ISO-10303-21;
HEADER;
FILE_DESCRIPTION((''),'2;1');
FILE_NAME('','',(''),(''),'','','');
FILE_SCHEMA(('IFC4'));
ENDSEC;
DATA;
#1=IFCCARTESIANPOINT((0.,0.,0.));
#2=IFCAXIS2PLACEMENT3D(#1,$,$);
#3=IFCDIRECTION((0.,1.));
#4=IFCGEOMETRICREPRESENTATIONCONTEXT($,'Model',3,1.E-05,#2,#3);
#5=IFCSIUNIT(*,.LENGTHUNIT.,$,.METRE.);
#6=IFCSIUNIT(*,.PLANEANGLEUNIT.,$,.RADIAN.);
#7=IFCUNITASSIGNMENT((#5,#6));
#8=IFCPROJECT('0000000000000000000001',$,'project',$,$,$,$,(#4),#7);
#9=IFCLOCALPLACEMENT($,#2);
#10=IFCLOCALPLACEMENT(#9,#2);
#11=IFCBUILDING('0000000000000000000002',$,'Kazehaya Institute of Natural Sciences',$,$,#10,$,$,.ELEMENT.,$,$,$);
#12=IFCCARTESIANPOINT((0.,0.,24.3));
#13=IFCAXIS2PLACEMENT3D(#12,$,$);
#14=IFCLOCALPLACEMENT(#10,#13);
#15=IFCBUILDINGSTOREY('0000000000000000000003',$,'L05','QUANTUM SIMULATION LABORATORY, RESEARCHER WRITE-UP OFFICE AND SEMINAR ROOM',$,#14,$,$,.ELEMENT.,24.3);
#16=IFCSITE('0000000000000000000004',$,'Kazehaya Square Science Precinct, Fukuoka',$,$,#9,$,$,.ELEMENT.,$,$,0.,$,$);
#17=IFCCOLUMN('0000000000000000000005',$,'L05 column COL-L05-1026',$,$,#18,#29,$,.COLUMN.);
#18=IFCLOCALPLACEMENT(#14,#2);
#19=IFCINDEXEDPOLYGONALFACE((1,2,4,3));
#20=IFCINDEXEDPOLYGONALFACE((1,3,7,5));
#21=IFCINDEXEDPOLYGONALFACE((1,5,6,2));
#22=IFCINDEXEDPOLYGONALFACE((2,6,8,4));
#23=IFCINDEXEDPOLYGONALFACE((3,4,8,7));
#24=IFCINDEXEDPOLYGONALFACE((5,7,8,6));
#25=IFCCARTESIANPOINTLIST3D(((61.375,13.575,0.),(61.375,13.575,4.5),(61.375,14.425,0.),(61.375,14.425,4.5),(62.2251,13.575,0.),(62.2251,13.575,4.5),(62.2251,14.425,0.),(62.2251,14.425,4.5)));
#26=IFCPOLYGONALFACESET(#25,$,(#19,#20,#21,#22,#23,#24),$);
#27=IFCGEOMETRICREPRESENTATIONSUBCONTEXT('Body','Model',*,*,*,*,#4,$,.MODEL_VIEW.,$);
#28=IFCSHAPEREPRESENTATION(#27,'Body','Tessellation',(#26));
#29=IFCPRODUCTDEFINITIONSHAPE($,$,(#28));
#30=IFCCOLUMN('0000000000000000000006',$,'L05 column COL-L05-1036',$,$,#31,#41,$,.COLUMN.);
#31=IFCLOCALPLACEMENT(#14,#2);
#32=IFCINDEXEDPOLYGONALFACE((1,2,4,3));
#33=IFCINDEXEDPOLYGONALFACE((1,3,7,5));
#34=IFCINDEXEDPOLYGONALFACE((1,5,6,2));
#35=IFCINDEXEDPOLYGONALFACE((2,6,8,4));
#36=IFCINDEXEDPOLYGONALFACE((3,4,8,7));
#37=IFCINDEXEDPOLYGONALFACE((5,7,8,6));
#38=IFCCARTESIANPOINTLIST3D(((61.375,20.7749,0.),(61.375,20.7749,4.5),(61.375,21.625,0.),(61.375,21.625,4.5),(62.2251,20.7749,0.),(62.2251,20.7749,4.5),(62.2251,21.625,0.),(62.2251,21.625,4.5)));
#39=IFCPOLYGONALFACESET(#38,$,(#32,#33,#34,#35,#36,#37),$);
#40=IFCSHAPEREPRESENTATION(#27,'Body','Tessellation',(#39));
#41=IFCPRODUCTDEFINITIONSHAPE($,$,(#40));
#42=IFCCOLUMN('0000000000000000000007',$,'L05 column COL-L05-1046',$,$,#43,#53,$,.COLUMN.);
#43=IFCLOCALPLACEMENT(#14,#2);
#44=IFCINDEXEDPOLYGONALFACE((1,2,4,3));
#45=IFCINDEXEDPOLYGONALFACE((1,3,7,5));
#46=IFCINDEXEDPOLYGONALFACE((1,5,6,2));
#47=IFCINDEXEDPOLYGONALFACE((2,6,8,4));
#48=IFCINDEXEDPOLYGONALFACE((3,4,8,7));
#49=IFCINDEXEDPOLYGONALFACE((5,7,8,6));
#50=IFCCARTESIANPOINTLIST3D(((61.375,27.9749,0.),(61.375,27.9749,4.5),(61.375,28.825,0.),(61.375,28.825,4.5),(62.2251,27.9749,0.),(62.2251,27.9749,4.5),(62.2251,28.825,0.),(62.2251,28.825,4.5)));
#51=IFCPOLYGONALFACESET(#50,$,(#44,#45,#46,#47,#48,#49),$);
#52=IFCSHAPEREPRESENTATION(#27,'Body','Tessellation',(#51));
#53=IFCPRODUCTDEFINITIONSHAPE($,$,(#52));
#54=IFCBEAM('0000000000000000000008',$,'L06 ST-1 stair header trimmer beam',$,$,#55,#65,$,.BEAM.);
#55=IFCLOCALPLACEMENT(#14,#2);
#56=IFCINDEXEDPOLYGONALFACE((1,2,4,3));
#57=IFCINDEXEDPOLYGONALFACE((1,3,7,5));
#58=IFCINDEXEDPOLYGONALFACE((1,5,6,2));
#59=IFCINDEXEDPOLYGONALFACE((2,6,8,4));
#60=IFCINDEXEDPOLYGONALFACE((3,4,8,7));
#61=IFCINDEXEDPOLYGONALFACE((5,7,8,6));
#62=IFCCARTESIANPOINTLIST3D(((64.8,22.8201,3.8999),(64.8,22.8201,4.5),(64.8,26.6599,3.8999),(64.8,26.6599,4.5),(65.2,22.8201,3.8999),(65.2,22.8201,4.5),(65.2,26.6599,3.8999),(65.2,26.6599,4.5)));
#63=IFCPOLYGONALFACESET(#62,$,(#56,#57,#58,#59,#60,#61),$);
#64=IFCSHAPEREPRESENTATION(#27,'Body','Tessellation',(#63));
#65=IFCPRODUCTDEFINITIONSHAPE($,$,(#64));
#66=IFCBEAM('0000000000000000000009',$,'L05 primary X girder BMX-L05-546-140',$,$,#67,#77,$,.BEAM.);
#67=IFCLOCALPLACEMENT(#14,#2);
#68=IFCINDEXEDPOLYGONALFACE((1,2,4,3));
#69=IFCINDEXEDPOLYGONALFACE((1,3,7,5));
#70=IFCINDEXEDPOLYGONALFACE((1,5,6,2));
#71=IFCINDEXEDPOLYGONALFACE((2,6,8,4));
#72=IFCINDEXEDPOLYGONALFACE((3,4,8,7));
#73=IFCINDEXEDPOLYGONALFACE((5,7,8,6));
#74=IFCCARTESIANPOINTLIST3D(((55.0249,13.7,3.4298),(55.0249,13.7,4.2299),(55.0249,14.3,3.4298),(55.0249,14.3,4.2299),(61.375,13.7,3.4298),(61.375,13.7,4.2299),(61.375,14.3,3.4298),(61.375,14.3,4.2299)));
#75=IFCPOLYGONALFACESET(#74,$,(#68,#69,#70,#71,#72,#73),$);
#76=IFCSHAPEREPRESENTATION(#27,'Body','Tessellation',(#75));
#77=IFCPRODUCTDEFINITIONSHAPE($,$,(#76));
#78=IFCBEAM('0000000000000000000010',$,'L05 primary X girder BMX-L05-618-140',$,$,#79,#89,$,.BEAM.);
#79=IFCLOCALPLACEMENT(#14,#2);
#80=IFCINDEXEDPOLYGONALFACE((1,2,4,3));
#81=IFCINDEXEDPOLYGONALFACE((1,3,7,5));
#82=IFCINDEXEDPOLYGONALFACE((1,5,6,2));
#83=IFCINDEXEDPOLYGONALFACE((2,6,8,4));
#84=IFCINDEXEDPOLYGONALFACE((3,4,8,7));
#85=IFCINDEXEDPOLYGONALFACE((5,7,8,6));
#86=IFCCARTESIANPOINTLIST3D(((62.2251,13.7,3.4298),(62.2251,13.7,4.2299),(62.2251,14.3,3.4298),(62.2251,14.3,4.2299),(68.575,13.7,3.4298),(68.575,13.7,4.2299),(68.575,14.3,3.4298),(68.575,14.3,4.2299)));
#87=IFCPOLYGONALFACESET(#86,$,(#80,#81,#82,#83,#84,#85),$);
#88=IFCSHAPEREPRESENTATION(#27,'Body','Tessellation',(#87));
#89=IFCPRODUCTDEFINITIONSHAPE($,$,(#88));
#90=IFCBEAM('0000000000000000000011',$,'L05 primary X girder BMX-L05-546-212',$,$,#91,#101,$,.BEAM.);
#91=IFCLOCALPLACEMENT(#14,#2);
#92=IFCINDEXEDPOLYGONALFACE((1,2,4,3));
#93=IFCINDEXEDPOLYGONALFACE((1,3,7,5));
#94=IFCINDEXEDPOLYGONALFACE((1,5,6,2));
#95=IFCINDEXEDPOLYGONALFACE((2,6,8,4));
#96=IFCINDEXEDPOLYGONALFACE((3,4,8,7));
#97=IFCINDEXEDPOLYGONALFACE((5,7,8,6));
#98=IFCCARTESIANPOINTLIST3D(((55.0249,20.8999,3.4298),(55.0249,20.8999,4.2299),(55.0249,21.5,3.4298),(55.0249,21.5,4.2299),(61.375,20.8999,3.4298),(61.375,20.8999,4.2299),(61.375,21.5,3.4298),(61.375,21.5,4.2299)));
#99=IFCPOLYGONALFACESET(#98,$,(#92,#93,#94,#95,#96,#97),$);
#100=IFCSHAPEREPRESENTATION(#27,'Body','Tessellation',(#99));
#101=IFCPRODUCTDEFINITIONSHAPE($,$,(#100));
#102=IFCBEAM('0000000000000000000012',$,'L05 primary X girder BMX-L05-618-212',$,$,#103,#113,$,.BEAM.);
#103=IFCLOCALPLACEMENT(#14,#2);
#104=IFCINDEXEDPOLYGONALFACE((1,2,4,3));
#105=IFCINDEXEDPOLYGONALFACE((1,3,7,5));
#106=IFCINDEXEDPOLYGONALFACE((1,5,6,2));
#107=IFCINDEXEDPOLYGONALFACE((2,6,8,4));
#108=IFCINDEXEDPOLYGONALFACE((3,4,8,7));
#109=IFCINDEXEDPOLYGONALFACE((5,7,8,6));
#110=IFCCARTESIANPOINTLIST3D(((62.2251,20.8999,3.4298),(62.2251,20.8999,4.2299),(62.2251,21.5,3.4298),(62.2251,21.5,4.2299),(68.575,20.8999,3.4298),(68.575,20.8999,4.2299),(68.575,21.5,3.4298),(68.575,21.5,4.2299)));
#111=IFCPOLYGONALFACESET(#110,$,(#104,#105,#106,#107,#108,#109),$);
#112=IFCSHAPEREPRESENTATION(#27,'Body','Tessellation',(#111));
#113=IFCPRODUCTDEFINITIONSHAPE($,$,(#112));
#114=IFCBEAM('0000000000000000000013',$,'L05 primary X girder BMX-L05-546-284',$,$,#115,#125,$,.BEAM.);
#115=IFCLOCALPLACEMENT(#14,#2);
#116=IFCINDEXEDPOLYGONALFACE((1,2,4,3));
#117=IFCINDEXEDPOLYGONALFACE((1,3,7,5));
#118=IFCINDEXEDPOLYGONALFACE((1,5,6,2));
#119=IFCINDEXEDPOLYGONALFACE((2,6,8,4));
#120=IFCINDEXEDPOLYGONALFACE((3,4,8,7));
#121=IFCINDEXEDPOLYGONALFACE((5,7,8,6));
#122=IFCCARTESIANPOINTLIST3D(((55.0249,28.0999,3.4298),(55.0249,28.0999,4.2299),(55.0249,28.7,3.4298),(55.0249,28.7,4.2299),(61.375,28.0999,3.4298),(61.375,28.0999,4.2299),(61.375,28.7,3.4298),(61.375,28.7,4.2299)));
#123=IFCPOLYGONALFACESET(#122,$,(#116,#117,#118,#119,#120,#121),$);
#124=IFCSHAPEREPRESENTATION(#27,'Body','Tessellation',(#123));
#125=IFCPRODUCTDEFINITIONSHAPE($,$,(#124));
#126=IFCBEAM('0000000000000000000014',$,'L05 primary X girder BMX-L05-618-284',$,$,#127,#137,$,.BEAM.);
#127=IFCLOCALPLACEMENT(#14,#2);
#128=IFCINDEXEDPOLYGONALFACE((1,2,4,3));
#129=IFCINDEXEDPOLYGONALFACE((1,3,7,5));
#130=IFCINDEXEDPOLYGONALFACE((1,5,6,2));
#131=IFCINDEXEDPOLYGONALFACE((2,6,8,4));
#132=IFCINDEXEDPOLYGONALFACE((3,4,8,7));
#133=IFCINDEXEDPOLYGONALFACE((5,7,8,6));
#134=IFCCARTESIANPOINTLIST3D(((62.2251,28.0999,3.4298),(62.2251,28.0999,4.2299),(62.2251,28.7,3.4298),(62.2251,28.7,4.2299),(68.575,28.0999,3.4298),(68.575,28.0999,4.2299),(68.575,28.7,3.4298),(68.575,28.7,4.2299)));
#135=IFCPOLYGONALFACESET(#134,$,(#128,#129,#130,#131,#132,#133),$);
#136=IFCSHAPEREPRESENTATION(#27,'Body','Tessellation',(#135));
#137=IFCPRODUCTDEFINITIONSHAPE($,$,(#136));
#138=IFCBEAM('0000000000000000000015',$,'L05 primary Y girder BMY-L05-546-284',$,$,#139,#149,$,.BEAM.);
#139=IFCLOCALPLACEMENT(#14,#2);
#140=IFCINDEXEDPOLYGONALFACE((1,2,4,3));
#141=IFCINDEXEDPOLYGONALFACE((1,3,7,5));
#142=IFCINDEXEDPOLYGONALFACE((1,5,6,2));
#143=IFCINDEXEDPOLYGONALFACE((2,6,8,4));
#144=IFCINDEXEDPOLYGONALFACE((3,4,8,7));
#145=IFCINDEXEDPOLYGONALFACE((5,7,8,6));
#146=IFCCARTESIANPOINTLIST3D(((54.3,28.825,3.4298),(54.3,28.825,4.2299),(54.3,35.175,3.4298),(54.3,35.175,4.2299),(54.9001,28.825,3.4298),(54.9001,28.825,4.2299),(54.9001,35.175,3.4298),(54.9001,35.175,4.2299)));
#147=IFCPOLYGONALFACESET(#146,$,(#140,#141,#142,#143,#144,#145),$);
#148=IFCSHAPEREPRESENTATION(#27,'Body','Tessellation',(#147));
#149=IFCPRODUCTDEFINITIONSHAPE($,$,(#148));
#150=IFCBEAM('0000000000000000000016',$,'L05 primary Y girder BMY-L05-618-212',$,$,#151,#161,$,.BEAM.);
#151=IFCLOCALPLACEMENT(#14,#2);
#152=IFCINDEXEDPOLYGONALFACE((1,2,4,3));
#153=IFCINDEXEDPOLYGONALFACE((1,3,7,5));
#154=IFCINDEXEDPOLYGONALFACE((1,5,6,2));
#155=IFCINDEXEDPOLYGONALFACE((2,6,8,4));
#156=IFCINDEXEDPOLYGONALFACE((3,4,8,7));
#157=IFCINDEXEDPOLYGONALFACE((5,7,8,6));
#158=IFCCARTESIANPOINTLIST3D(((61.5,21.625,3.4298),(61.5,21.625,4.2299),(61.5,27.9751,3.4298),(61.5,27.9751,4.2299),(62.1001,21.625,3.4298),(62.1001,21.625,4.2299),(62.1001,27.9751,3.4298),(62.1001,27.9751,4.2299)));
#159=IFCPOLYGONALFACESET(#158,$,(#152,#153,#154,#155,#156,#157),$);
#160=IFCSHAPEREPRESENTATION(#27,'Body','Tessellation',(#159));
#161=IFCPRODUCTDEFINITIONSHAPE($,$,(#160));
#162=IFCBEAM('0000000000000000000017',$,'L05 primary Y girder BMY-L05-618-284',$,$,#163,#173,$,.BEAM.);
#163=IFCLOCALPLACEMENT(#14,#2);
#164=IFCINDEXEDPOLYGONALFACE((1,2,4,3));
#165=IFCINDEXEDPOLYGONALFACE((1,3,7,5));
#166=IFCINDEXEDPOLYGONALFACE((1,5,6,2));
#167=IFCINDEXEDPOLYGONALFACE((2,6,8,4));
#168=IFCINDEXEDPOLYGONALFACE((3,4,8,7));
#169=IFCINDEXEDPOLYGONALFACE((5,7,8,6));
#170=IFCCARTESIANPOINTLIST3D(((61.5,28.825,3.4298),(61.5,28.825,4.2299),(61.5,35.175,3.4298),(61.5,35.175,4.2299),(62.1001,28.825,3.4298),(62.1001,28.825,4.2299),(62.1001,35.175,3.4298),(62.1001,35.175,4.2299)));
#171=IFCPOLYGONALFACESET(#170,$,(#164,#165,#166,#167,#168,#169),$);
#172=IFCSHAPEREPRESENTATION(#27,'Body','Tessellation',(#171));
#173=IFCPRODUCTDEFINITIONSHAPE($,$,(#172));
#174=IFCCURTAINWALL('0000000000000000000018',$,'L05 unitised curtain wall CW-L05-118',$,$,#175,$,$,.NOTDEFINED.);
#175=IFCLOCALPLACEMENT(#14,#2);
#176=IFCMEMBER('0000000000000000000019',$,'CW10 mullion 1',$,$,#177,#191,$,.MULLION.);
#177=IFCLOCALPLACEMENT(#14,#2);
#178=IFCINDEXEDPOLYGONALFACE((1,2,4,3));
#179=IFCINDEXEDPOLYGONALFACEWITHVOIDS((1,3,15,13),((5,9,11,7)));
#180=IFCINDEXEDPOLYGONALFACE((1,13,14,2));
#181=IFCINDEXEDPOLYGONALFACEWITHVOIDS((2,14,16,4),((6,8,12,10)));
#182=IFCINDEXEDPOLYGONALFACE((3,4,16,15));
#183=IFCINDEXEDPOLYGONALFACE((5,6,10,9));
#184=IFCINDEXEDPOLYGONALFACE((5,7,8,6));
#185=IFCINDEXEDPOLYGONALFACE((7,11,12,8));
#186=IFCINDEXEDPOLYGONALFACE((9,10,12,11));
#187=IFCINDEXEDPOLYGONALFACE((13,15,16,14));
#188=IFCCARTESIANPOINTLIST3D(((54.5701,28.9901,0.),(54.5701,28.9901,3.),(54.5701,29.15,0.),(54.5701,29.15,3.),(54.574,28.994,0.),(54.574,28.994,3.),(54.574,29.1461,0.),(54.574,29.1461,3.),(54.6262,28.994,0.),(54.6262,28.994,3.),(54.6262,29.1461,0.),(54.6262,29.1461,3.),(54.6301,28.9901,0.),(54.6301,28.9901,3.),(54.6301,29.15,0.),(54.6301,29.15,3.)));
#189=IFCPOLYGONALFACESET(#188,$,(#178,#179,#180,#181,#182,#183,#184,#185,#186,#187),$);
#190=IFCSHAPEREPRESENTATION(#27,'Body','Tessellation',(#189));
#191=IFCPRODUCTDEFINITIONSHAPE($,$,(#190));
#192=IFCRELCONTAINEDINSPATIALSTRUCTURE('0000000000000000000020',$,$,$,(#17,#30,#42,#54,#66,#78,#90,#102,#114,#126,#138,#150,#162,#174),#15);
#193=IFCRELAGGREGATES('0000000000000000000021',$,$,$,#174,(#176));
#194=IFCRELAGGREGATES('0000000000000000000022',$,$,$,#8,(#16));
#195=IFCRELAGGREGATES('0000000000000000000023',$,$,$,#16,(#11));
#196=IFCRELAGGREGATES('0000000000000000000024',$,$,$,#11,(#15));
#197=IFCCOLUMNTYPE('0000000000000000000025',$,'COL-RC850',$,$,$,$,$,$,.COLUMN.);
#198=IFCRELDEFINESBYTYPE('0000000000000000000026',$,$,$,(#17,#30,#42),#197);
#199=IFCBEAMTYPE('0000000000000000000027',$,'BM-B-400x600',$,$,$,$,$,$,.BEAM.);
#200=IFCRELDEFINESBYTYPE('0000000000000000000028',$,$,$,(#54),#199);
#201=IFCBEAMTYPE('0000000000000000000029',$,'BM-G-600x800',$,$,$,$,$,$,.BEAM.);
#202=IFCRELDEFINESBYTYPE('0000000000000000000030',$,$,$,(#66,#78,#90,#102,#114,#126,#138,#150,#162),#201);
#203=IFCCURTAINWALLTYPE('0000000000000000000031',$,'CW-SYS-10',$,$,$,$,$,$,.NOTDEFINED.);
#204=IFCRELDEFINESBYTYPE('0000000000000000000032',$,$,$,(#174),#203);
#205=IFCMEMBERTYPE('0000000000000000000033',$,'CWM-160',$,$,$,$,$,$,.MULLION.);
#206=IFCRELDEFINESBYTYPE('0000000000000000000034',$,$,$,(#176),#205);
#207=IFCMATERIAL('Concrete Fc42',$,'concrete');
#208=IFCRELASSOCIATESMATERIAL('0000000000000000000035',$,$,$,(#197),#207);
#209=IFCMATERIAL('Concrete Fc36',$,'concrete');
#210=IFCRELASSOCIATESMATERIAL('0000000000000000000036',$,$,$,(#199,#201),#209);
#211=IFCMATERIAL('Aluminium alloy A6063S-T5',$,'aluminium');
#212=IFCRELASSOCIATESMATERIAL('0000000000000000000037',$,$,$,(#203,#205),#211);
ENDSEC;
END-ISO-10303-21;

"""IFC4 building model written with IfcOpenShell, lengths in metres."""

from ifc_helpers import new_model, si_unit, direction, frame, origin, origin_2d, place, context, subcontext, project, spatial, rectangle, hollow_rectangle, extrude, material, material_profile, profile_set, type_object, element, aggregate, save


model = new_model("IFC4")

# Units and contexts
model_context = context("Model", 3, precision=1e-05, world=origin(), true_north=direction((0.0, 1.0)))
body_context = subcontext(model_context, "Body", "Model", "MODEL_VIEW")
ifc_project = project(units=[si_unit("LENGTHUNIT", "METRE"), si_unit("PLANEANGLEUNIT", "RADIAN")], contexts=[model_context])

# Site, building, storey
site_placement = place(None, origin())
site = spatial("IfcSite", under=ifc_project, at=site_placement, Name="Kazehaya Square Science Precinct, Fukuoka", CompositionType="ELEMENT", RefElevation=0.0)
building_placement = place(site_placement, origin())
building = spatial("IfcBuilding", under=site, at=building_placement, Name="Kazehaya Institute of Natural Sciences", CompositionType="ELEMENT")
storey_placement = place(building_placement, frame((0.0, 0.0, 24.3)))
storey = spatial("IfcBuildingStorey", under=building, at=storey_placement, Name="L05", Description="QUANTUM SIMULATION LABORATORY, RESEARCHER WRITE-UP OFFICE AND SEMINAR ROOM", CompositionType="ELEMENT", Elevation=24.3)

# Columns
ifc_material_1 = material(Name="Concrete Fc42", Category="concrete")
ifc_material_profile_1 = material_profile(ifc_material_1, rectangle(XDim=0.8501, YDim=0.8501, at=origin_2d()), Name="RC-850x850")
ifc_profile_set_1 = profile_set([ifc_material_profile_1], Name="Concrete Fc42")
column_type = type_object("IfcColumnType", Name="COL-RC850", PredefinedType="COLUMN", material=ifc_profile_set_1)
for number, where, z_axis, x_axis, name in (
    (1, (61.8, 14.0, 0.0), (0.0, 0.0, 1.0), (1.0, 0.0, 0.0), "L05 column COL-L05-1026"),
    (2, (61.8, 21.2, 0.0), (0.0, 0.0, 1.0), (1.0, 0.0, 0.0), "L05 column COL-L05-1036"),
    (3, (61.8, 28.3999, 0.0), (0.0, 0.0, 1.0), (1.0, 0.0, 0.0), "L05 column COL-L05-1046"),
):
    element("IfcColumn", number, at=place(storey_placement, frame(where, z_axis=z_axis, x_axis=x_axis)), inside=storey, type_object=column_type, Name=name, PredefinedType="COLUMN", context=body_context, shape_type="SweptSolid", body=[
        extrude(rectangle(XDim=0.8501, YDim=0.8501, at=origin_2d()), origin(), (0.0, 0.0, 1.0), 4.5),
    ])

# Beams
ifc_material_2 = material(Name="Concrete Fc36", Category="concrete")
ifc_material_profile_2 = material_profile(ifc_material_2, rectangle(XDim=0.3999, YDim=0.6001, at=origin_2d()), Name="RC-400x600")
ifc_profile_set_2 = profile_set([ifc_material_profile_2], Name="Concrete Fc36")
beam_type_1 = type_object("IfcBeamType", Name="BM-B-400x600", PredefinedType="BEAM", material=ifc_profile_set_2)
beam_1_placement = place(storey_placement, frame((65.0, 22.8201, 4.2), z_axis=(0.0, 1.0, 0.0), x_axis=(-1.0, 0.0, 0.0)))
element("IfcBeam", 4, at=beam_1_placement, inside=storey, type_object=beam_type_1, Name="L06 ST-1 stair header trimmer beam", PredefinedType="BEAM", context=body_context, shape_type="SweptSolid", body=[
    extrude(rectangle(XDim=0.3999, YDim=0.6001, at=origin_2d()), origin(), (0.0, 0.0, 1.0), 3.8398),
])
ifc_material_profile_3 = material_profile(ifc_material_2, rectangle(XDim=0.6001, YDim=0.8, at=origin_2d()), Name="RC-600x800")
ifc_profile_set_3 = profile_set([ifc_material_profile_3], Name="Concrete Fc36")
beam_type_2 = type_object("IfcBeamType", Name="BM-G-600x800", PredefinedType="BEAM", material=ifc_profile_set_3)
beam_2_placement = place(storey_placement, frame((55.0249, 14.0, 3.8298), z_axis=(1.0, 0.0, 0.0), x_axis=(0.0, 1.0, 0.0)))
element("IfcBeam", 5, at=beam_2_placement, inside=storey, type_object=beam_type_2, Name="L05 primary X girder BMX-L05-546-140", PredefinedType="BEAM", context=body_context, shape_type="SweptSolid", body=[
    extrude(rectangle(XDim=0.6001, YDim=0.8, at=origin_2d()), origin(), (0.0, 0.0, 1.0), 6.3501),
])
beam_3_placement = place(storey_placement, frame((62.2251, 14.0, 3.8298), z_axis=(1.0, 0.0, 0.0), x_axis=(0.0, 1.0, 0.0)))
element("IfcBeam", 6, at=beam_3_placement, inside=storey, type_object=beam_type_2, Name="L05 primary X girder BMX-L05-618-140", PredefinedType="BEAM", context=body_context, shape_type="SweptSolid", body=[
    extrude(rectangle(XDim=0.6001, YDim=0.8, at=origin_2d()), origin(), (0.0, 0.0, 1.0), 6.3499),
])
beam_4_placement = place(storey_placement, frame((55.0249, 21.2, 3.8298), z_axis=(1.0, 0.0, 0.0), x_axis=(0.0, 1.0, 0.0)))
element("IfcBeam", 7, at=beam_4_placement, inside=storey, type_object=beam_type_2, Name="L05 primary X girder BMX-L05-546-212", PredefinedType="BEAM", context=body_context, shape_type="SweptSolid", body=[
    extrude(rectangle(XDim=0.6001, YDim=0.8, at=origin_2d()), origin(), (0.0, 0.0, 1.0), 6.3501),
])
beam_5_placement = place(storey_placement, frame((62.2251, 21.2, 3.8298), z_axis=(1.0, 0.0, 0.0), x_axis=(0.0, 1.0, 0.0)))
element("IfcBeam", 8, at=beam_5_placement, inside=storey, type_object=beam_type_2, Name="L05 primary X girder BMX-L05-618-212", PredefinedType="BEAM", context=body_context, shape_type="SweptSolid", body=[
    extrude(rectangle(XDim=0.6001, YDim=0.8, at=origin_2d()), origin(), (0.0, 0.0, 1.0), 6.3499),
])
beam_6_placement = place(storey_placement, frame((55.0249, 28.3999, 3.8298), z_axis=(1.0, 0.0, 0.0), x_axis=(0.0, 1.0, 0.0)))
element("IfcBeam", 9, at=beam_6_placement, inside=storey, type_object=beam_type_2, Name="L05 primary X girder BMX-L05-546-284", PredefinedType="BEAM", context=body_context, shape_type="SweptSolid", body=[
    extrude(rectangle(XDim=0.6001, YDim=0.8, at=origin_2d()), origin(), (0.0, 0.0, 1.0), 6.3501),
])
beam_7_placement = place(storey_placement, frame((62.2251, 28.3999, 3.8298), z_axis=(1.0, 0.0, 0.0), x_axis=(0.0, 1.0, 0.0)))
element("IfcBeam", 10, at=beam_7_placement, inside=storey, type_object=beam_type_2, Name="L05 primary X girder BMX-L05-618-284", PredefinedType="BEAM", context=body_context, shape_type="SweptSolid", body=[
    extrude(rectangle(XDim=0.6001, YDim=0.8, at=origin_2d()), origin(), (0.0, 0.0, 1.0), 6.3499),
])
for number, where, z_axis, x_axis, name in (
    (11, (54.6001, 28.825, 3.8298), (0.0, 1.0, 0.0), (-1.0, 0.0, 0.0), "L05 primary Y girder BMY-L05-546-284"),
    (12, (61.8, 21.625, 3.8298), (0.0, 1.0, 0.0), (-1.0, 0.0, 0.0), "L05 primary Y girder BMY-L05-618-212"),
    (13, (61.8, 28.825, 3.8298), (0.0, 1.0, 0.0), (-1.0, 0.0, 0.0), "L05 primary Y girder BMY-L05-618-284"),
):
    element("IfcBeam", number, at=place(storey_placement, frame(where, z_axis=z_axis, x_axis=x_axis)), inside=storey, type_object=beam_type_2, Name=name, PredefinedType="BEAM", context=body_context, shape_type="SweptSolid", body=[
        extrude(rectangle(XDim=0.6001, YDim=0.8, at=origin_2d()), origin(), (0.0, 0.0, 1.0), 6.3501),
    ])

# Curtain wall, member
ifc_material_3 = material(Name="Aluminium alloy A6063S-T5", Category="aluminium")
curtain_wall_type_1 = type_object("IfcCurtainWallType", Name="CW-SYS-10", PredefinedType="NOTDEFINED", material=ifc_material_3)
curtain_wall_1_placement = place(storey_placement, origin())
curtain_wall_1 = element("IfcCurtainWall", 14, at=curtain_wall_1_placement, inside=storey, type_object=curtain_wall_type_1, Name="L05 unitised curtain wall CW-L05-118", PredefinedType="NOTDEFINED")
ifc_material_profile_4 = material_profile(ifc_material_3, hollow_rectangle(XDim=0.0601, YDim=0.1599, WallThickness=0.0039, at=origin_2d()), Name="ALU-60x160x4")
ifc_profile_set_4 = profile_set([ifc_material_profile_4], Name="Aluminium alloy A6063S-T5")
member_type_1 = type_object("IfcMemberType", Name="CWM-160", PredefinedType="MULLION", material=ifc_profile_set_4)
member_1_placement = place(storey_placement, frame((54.6001, 29.0701, 0.0), z_axis=(0.0, 0.0, 1.0), x_axis=(-1.0, 0.0, 0.0)))
member_1 = element("IfcMember", 15, at=member_1_placement, type_object=member_type_1, Name="CW10 mullion 1", PredefinedType="MULLION", context=body_context, shape_type="SweptSolid", body=[
    extrude(hollow_rectangle(XDim=0.0601, YDim=0.1599, WallThickness=0.0039, at=origin_2d()), origin(), (0.0, 0.0, 1.0), 3.0),
])

aggregate(curtain_wall_1, [member_1])

save(model, "model.ifc")
